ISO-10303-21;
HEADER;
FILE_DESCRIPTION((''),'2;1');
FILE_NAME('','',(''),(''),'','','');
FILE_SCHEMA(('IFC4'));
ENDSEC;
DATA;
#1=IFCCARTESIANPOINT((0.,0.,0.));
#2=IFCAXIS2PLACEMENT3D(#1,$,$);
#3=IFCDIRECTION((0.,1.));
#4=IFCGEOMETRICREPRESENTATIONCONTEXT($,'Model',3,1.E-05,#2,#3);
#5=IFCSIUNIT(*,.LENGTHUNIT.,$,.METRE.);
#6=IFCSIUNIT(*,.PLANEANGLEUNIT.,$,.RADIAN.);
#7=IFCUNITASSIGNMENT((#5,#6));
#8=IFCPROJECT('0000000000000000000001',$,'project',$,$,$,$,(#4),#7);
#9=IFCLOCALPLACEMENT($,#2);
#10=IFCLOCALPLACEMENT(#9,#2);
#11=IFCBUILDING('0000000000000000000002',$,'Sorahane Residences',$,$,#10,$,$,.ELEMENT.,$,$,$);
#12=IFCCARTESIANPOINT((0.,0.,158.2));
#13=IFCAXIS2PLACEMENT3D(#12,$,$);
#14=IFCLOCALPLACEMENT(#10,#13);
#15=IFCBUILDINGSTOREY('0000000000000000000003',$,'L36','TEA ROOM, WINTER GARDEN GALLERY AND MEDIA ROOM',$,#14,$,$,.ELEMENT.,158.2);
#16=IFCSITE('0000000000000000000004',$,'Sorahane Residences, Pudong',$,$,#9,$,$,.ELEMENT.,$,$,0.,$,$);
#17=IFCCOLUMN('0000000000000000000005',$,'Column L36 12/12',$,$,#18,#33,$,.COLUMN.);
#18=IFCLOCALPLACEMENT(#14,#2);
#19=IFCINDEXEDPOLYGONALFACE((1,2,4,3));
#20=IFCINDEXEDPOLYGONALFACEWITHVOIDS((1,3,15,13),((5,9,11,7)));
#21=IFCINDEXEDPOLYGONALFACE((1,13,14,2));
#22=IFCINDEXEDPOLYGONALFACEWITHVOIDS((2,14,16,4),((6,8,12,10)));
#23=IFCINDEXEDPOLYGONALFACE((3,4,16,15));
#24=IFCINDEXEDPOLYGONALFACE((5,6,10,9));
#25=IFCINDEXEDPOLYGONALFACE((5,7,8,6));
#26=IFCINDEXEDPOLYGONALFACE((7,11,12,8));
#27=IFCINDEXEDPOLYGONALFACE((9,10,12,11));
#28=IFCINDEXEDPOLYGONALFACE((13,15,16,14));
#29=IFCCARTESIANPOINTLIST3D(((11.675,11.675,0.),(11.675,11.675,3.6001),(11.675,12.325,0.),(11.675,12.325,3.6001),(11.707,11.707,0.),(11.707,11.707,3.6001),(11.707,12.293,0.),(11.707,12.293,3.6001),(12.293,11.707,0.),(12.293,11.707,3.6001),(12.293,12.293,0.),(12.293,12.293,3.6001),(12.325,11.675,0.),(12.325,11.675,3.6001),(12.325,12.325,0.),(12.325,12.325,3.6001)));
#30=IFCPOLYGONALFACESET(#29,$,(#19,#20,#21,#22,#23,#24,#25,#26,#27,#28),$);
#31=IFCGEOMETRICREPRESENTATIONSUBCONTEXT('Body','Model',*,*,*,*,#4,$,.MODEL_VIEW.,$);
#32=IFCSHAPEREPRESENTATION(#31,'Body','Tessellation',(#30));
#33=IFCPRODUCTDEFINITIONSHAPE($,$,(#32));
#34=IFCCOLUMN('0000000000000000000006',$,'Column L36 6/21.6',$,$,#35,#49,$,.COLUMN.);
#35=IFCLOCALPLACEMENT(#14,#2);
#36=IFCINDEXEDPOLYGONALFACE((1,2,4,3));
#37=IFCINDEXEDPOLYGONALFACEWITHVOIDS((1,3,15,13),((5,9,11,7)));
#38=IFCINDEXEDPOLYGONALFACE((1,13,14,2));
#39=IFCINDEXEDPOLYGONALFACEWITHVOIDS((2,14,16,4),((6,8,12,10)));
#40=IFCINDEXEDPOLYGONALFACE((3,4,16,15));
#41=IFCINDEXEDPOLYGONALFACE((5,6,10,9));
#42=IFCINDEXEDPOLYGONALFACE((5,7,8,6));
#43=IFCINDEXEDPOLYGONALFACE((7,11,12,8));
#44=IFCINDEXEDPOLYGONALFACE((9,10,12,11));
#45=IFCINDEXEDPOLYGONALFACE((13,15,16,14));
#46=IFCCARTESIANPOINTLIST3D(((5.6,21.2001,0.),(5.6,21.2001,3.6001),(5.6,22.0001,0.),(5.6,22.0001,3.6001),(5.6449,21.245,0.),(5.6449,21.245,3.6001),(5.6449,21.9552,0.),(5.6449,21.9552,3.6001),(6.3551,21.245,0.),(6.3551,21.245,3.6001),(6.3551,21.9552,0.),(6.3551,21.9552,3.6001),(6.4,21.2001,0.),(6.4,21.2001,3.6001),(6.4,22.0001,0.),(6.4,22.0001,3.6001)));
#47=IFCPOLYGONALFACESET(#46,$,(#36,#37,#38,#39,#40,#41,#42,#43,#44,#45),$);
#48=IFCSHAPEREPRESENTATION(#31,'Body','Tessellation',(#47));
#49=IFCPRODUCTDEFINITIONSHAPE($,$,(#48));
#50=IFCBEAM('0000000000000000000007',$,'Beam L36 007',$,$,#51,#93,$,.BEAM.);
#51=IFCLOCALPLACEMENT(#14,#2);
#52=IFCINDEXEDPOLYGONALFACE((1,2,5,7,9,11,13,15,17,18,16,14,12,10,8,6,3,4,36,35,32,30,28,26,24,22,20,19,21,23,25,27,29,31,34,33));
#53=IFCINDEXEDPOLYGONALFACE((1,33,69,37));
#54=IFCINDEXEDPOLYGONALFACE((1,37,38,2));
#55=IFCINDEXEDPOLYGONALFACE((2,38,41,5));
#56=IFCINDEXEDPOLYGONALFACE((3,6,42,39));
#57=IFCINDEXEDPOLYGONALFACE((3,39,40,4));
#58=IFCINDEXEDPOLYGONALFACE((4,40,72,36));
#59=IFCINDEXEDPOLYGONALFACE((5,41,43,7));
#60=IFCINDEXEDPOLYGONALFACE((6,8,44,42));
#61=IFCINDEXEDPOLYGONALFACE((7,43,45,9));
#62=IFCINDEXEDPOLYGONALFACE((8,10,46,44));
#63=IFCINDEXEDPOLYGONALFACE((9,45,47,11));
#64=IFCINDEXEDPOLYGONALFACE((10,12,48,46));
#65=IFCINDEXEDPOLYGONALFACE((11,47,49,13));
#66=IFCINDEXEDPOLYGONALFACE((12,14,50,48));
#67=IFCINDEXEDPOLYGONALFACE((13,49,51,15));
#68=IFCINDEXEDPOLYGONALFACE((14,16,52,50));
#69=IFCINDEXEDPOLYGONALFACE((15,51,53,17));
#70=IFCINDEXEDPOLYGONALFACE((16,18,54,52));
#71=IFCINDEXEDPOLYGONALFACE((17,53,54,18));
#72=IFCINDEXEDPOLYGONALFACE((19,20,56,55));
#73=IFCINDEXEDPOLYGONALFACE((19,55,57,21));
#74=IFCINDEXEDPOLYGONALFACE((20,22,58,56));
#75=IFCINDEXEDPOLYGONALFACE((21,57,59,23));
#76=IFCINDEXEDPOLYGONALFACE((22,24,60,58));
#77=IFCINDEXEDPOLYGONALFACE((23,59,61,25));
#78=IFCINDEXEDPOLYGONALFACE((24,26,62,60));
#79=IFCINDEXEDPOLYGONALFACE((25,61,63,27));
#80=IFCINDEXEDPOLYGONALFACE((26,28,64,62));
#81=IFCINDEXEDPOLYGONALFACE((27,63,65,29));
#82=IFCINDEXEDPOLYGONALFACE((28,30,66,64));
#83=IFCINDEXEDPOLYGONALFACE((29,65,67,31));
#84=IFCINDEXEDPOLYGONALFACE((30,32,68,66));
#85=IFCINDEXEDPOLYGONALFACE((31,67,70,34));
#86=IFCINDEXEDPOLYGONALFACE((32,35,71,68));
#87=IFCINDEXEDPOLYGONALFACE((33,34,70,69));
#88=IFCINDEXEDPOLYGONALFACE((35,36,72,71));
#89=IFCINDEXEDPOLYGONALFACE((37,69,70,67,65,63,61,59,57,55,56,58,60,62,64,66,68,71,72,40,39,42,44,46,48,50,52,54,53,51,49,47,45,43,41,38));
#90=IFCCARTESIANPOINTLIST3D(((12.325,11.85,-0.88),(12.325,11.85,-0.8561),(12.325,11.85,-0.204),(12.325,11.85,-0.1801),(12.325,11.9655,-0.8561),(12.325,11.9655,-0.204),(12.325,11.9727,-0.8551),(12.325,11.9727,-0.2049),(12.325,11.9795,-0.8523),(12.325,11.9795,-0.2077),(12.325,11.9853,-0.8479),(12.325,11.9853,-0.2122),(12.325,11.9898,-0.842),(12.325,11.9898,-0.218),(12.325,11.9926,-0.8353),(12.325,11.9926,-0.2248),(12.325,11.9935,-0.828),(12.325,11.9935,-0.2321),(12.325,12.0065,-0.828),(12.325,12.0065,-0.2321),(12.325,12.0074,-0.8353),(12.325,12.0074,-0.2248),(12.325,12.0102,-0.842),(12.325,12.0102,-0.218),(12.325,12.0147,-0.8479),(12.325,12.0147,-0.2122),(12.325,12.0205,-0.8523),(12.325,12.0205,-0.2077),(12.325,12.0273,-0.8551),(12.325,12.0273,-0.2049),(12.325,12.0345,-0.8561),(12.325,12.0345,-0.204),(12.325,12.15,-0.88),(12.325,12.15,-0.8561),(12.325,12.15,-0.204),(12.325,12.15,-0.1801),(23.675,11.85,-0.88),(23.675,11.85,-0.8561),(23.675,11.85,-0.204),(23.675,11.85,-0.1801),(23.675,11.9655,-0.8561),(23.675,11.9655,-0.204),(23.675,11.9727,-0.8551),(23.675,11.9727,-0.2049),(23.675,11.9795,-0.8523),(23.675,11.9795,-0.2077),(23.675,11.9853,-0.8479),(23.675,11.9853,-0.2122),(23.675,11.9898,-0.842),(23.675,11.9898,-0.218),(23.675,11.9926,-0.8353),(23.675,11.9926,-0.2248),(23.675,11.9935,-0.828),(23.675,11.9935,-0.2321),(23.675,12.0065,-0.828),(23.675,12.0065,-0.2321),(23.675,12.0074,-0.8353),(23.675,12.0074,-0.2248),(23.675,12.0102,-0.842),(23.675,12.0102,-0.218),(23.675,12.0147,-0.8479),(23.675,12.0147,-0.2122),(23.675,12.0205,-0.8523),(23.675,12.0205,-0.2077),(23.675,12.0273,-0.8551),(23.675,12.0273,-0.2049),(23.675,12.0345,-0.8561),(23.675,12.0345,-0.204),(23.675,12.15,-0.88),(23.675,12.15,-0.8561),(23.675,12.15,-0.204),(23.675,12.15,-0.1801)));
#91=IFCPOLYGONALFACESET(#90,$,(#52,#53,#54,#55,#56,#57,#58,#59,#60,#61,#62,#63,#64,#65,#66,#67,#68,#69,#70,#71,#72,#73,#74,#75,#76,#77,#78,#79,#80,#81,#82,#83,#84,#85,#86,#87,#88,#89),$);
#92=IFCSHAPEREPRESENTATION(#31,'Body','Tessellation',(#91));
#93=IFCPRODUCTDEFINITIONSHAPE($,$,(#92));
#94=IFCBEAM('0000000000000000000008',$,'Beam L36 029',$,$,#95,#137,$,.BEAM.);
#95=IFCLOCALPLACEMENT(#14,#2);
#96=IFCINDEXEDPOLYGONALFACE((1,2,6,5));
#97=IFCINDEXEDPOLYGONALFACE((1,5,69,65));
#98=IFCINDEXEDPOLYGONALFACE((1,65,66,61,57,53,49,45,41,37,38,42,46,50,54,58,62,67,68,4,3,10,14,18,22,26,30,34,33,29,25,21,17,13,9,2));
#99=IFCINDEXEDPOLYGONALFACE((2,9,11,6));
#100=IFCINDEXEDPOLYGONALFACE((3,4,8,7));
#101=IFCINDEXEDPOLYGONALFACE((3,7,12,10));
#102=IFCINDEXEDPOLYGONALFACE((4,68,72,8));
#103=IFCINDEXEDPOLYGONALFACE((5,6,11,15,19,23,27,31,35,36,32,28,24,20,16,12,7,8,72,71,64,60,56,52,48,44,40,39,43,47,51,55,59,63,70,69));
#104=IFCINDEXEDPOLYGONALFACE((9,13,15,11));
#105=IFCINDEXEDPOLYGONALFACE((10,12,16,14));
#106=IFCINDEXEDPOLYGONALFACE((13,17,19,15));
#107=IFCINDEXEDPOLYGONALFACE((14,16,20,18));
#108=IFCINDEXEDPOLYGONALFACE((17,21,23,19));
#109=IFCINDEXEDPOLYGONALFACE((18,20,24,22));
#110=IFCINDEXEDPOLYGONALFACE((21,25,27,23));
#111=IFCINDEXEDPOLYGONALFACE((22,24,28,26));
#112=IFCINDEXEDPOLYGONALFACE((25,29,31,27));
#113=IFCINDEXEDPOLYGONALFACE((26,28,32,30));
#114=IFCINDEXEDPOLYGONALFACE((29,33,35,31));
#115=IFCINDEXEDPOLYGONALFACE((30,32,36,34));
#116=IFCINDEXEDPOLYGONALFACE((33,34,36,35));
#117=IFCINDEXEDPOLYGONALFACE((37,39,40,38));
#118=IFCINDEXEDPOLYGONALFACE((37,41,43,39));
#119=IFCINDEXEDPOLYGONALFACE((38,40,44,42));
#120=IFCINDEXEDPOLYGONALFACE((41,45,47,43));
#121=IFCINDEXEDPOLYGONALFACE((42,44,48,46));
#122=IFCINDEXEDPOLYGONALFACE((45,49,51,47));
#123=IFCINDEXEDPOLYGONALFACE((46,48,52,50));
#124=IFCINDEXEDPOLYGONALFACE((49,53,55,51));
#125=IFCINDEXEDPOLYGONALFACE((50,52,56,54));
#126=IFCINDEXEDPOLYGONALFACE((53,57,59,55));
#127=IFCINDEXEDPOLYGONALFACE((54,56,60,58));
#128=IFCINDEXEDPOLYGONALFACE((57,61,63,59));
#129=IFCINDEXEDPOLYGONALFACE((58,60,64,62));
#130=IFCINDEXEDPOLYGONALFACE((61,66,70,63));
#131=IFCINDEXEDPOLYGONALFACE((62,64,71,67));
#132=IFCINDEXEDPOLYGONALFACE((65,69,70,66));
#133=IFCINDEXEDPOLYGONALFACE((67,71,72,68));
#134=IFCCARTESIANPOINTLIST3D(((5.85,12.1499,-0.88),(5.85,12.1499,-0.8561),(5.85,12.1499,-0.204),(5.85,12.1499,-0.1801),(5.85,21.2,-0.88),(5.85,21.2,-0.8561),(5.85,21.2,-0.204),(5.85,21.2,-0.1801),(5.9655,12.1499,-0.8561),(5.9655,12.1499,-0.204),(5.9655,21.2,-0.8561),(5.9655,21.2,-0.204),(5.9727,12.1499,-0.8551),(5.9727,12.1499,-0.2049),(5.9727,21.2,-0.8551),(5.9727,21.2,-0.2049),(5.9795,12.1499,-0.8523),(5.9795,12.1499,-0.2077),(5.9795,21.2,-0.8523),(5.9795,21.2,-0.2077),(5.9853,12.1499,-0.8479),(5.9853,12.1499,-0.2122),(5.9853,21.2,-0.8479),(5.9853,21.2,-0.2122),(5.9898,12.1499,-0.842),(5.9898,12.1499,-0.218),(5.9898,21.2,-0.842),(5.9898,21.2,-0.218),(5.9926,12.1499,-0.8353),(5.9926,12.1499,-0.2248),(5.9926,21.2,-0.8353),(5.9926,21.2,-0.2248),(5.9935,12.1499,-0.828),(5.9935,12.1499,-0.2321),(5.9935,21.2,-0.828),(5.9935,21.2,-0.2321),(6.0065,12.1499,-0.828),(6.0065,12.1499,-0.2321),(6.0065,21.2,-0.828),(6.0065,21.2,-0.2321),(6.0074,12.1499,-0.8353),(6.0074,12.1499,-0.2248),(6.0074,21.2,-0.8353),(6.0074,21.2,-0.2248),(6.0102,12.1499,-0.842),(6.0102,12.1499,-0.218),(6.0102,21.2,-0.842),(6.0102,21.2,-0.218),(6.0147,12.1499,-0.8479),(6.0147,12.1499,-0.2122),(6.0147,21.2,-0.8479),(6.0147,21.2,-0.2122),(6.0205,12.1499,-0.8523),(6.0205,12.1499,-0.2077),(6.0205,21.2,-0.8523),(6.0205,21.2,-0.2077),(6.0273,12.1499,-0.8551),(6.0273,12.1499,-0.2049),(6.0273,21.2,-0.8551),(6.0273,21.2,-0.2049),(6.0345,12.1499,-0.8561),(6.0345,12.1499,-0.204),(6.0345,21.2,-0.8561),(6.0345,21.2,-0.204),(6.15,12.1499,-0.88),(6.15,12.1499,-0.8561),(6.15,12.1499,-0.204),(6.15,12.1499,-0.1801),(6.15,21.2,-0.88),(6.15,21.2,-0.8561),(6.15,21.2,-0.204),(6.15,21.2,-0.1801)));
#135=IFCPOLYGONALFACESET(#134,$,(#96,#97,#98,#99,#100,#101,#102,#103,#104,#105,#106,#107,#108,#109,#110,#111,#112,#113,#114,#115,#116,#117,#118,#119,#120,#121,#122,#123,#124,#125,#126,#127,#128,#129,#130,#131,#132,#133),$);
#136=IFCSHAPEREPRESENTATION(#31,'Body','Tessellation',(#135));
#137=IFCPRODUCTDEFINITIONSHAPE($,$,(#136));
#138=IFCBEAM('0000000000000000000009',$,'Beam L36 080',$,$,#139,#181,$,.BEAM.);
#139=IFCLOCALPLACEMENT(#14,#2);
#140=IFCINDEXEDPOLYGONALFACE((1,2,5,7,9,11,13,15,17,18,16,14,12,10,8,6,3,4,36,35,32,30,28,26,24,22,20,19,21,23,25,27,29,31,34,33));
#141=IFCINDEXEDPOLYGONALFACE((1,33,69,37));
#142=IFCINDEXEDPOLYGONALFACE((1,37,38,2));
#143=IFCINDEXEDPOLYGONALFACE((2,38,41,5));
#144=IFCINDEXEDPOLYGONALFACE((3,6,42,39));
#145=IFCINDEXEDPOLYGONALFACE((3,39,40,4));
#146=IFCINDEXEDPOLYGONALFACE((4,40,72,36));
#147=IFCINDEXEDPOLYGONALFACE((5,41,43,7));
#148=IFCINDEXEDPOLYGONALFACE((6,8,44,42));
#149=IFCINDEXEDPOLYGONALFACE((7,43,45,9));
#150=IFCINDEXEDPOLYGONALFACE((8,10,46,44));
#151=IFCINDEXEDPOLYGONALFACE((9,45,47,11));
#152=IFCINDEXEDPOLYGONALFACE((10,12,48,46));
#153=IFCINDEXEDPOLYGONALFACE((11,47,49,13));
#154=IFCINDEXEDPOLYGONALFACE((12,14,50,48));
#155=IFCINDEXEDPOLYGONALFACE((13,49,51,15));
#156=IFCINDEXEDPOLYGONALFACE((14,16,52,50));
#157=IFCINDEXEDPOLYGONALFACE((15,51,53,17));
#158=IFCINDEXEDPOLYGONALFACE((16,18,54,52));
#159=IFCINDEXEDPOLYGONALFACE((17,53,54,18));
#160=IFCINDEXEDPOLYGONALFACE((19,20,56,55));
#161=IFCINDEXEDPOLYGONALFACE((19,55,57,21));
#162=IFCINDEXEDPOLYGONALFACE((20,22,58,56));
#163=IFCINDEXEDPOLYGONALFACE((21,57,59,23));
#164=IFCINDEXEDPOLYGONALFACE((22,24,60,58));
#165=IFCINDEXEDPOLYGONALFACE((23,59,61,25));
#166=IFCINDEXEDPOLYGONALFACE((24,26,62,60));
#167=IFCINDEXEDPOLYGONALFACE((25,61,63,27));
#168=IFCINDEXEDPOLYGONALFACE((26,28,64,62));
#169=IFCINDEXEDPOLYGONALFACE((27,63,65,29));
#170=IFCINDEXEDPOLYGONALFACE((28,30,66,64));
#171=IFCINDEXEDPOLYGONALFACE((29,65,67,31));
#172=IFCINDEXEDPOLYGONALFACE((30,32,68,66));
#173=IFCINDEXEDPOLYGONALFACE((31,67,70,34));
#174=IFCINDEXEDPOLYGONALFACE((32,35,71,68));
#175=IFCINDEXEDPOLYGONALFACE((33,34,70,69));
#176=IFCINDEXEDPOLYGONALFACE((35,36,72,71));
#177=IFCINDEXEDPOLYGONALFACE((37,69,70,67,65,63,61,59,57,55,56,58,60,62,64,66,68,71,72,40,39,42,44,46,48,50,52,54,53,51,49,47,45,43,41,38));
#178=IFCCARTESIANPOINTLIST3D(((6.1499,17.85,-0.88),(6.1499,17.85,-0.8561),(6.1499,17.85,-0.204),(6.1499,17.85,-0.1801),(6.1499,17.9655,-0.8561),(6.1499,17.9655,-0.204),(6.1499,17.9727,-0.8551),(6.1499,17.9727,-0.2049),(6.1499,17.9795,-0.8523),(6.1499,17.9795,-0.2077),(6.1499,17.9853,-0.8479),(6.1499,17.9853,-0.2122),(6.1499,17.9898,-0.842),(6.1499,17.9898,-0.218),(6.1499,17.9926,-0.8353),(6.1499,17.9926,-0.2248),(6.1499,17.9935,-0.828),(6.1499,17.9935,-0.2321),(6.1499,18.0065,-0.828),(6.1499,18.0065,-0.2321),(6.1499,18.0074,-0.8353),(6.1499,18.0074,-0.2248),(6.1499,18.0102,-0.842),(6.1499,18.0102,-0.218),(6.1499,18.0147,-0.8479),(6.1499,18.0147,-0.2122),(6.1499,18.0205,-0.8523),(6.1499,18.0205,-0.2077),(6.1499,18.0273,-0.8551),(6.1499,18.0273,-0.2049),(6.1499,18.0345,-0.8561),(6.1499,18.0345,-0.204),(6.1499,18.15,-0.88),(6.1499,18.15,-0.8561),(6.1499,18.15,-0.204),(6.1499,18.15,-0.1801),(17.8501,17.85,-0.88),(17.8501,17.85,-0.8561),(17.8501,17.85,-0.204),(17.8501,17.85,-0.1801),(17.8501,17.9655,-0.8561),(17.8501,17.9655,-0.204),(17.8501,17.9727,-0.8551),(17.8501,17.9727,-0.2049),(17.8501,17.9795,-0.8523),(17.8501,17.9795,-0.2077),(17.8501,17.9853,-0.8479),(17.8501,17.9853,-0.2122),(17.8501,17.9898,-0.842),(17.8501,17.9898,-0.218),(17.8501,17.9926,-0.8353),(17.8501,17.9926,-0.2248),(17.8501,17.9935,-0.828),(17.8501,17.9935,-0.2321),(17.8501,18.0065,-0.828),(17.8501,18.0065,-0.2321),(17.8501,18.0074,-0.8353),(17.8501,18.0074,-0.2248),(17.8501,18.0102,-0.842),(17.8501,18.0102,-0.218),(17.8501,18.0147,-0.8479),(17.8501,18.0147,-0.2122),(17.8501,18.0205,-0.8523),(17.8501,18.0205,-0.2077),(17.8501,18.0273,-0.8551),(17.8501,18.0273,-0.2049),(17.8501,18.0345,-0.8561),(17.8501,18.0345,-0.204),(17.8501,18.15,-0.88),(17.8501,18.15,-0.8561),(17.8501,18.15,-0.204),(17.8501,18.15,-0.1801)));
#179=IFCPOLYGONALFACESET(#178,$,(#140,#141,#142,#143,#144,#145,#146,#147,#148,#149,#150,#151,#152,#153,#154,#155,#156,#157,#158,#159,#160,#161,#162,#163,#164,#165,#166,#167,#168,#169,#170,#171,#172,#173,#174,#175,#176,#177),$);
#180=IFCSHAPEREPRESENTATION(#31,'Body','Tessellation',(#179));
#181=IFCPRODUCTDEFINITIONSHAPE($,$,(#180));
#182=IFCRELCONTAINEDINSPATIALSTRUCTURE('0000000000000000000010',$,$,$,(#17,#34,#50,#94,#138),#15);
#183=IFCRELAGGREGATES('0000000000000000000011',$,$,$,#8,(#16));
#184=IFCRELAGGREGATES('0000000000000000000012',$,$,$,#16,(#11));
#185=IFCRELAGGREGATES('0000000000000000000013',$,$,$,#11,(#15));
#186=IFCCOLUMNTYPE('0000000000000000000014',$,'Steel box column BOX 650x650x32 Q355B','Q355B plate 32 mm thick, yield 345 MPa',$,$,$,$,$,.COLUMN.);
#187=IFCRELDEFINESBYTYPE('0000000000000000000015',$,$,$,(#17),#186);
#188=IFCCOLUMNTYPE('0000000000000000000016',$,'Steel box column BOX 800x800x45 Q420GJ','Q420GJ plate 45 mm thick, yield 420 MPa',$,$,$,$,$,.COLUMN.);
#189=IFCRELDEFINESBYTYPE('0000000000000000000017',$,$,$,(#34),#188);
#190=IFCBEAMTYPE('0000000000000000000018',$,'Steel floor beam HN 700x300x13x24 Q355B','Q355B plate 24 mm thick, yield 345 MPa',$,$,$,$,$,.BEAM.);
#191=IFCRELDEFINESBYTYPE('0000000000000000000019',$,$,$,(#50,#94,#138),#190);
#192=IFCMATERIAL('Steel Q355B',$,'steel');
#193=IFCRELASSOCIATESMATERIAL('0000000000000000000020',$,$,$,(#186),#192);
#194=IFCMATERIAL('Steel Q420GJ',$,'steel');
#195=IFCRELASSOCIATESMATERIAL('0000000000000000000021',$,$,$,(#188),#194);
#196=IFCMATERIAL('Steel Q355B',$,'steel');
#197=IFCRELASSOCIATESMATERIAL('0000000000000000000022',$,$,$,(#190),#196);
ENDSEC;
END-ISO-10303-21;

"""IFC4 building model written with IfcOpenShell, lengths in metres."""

from ifc_helpers import new_model, si_unit, direction, frame, origin, origin_2d, place, context, subcontext, project, spatial, hollow_rectangle, i_section, extrude, material, material_profile, profile_set, type_object, element, save


model = new_model("IFC4")

# Units and contexts
model_context = context("Model", 3, precision=1e-05, world=origin(), true_north=direction((0.0, 1.0)))
body_context = subcontext(model_context, "Body", "Model", "MODEL_VIEW")
ifc_project = project(units=[si_unit("LENGTHUNIT", "METRE"), si_unit("PLANEANGLEUNIT", "RADIAN")], contexts=[model_context])

# Site, building, storey
site_placement = place(None, origin())
site = spatial("IfcSite", under=ifc_project, at=site_placement, Name="Sorahane Residences, Pudong", CompositionType="ELEMENT", RefElevation=0.0)
building_placement = place(site_placement, origin())
building = spatial("IfcBuilding", under=site, at=building_placement, Name="Sorahane Residences", CompositionType="ELEMENT")
storey_placement = place(building_placement, frame((0.0, 0.0, 158.2)))
storey = spatial("IfcBuildingStorey", under=building, at=storey_placement, Name="L36", Description="TEA ROOM, WINTER GARDEN GALLERY AND MEDIA ROOM", CompositionType="ELEMENT", Elevation=158.2)

# Columns
ifc_material_1 = material(Name="Steel Q355B", Category="steel")
ifc_material_profile_1 = material_profile(ifc_material_1, hollow_rectangle(XDim=0.6499, YDim=0.6499, WallThickness=0.032, at=origin_2d()), Name="BOX 650x650x32")
ifc_profile_set_1 = profile_set([ifc_material_profile_1], Name="Steel Q355B")
column_type_1 = type_object("IfcColumnType", Name="Steel box column BOX 650x650x32 Q355B", Description="Q355B plate 32 mm thick, yield 345 MPa", PredefinedType="COLUMN", material=ifc_profile_set_1)
column_1_placement = place(storey_placement, frame((12.0, 12.0, 0.0), z_axis=(0.0, 0.0, 1.0), x_axis=(1.0, 0.0, 0.0)))
element("IfcColumn", 1, at=column_1_placement, inside=storey, type_object=column_type_1, Name="Column L36 12/12", PredefinedType="COLUMN", context=body_context, shape_type="SweptSolid", body=[
    extrude(hollow_rectangle(XDim=0.6499, YDim=0.6499, WallThickness=0.032, at=origin_2d()), origin(), (0.0, 0.0, 1.0), 3.6001),
])
ifc_material_2 = material(Name="Steel Q420GJ", Category="steel")
ifc_material_profile_2 = material_profile(ifc_material_2, hollow_rectangle(XDim=0.8, YDim=0.8, WallThickness=0.0449, at=origin_2d()), Name="BOX 800x800x45")
ifc_profile_set_2 = profile_set([ifc_material_profile_2], Name="Steel Q420GJ")
column_type_2 = type_object("IfcColumnType", Name="Steel box column BOX 800x800x45 Q420GJ", Description="Q420GJ plate 45 mm thick, yield 420 MPa", PredefinedType="COLUMN", material=ifc_profile_set_2)
column_2_placement = place(storey_placement, frame((6.0, 21.6001, 0.0), z_axis=(0.0, 0.0, 1.0), x_axis=(1.0, 0.0, 0.0)))
element("IfcColumn", 2, at=column_2_placement, inside=storey, type_object=column_type_2, Name="Column L36 6/21.6", PredefinedType="COLUMN", context=body_context, shape_type="SweptSolid", body=[
    extrude(hollow_rectangle(XDim=0.8, YDim=0.8, WallThickness=0.0449, at=origin_2d()), origin(), (0.0, 0.0, 1.0), 3.6001),
])

# Beams
ifc_material_3 = material(Name="Steel Q355B", Category="steel")
ifc_material_profile_3 = material_profile(ifc_material_3, i_section(OverallWidth=0.3, OverallDepth=0.7, WebThickness=0.0129, FlangeThickness=0.0239, FilletRadius=0.0281, at=origin_2d()), Name="HN 700x300x13x24")
ifc_profile_set_3 = profile_set([ifc_material_profile_3], Name="Steel Q355B")
beam_type = type_object("IfcBeamType", Name="Steel floor beam HN 700x300x13x24 Q355B", Description="Q355B plate 24 mm thick, yield 345 MPa", PredefinedType="BEAM", material=ifc_profile_set_3)
beam_1_placement = place(storey_placement, frame((12.325, 12.0, -0.53), z_axis=(1.0, 0.0, 0.0), x_axis=(0.0, 1.0, 0.0)))
element("IfcBeam", 3, at=beam_1_placement, inside=storey, type_object=beam_type, Name="Beam L36 007", PredefinedType="BEAM", context=body_context, shape_type="SweptSolid", body=[
    extrude(i_section(OverallWidth=0.3, OverallDepth=0.7, WebThickness=0.0129, FlangeThickness=0.0239, FilletRadius=0.0281, at=origin_2d()), origin(), (0.0, 0.0, 1.0), 11.3501),
])
beam_2_placement = place(storey_placement, frame((6.0, 12.1499, -0.53), z_axis=(0.0, 1.0, 0.0), x_axis=(-1.0, 0.0, 0.0)))
element("IfcBeam", 4, at=beam_2_placement, inside=storey, type_object=beam_type, Name="Beam L36 029", PredefinedType="BEAM", context=body_context, shape_type="SweptSolid", body=[
    extrude(i_section(OverallWidth=0.3, OverallDepth=0.7, WebThickness=0.0129, FlangeThickness=0.0239, FilletRadius=0.0281, at=origin_2d()), origin(), (0.0, 0.0, 1.0), 9.05),
])
beam_3_placement = place(storey_placement, frame((6.1499, 18.0, -0.53), z_axis=(1.0, 0.0, 0.0), x_axis=(0.0, 1.0, 0.0)))
element("IfcBeam", 5, at=beam_3_placement, inside=storey, type_object=beam_type, Name="Beam L36 080", PredefinedType="BEAM", context=body_context, shape_type="SweptSolid", body=[
    extrude(i_section(OverallWidth=0.3, OverallDepth=0.7, WebThickness=0.0129, FlangeThickness=0.0239, FilletRadius=0.0281, at=origin_2d()), origin(), (0.0, 0.0, 1.0), 11.7002),
])

save(model, "model.ifc")
